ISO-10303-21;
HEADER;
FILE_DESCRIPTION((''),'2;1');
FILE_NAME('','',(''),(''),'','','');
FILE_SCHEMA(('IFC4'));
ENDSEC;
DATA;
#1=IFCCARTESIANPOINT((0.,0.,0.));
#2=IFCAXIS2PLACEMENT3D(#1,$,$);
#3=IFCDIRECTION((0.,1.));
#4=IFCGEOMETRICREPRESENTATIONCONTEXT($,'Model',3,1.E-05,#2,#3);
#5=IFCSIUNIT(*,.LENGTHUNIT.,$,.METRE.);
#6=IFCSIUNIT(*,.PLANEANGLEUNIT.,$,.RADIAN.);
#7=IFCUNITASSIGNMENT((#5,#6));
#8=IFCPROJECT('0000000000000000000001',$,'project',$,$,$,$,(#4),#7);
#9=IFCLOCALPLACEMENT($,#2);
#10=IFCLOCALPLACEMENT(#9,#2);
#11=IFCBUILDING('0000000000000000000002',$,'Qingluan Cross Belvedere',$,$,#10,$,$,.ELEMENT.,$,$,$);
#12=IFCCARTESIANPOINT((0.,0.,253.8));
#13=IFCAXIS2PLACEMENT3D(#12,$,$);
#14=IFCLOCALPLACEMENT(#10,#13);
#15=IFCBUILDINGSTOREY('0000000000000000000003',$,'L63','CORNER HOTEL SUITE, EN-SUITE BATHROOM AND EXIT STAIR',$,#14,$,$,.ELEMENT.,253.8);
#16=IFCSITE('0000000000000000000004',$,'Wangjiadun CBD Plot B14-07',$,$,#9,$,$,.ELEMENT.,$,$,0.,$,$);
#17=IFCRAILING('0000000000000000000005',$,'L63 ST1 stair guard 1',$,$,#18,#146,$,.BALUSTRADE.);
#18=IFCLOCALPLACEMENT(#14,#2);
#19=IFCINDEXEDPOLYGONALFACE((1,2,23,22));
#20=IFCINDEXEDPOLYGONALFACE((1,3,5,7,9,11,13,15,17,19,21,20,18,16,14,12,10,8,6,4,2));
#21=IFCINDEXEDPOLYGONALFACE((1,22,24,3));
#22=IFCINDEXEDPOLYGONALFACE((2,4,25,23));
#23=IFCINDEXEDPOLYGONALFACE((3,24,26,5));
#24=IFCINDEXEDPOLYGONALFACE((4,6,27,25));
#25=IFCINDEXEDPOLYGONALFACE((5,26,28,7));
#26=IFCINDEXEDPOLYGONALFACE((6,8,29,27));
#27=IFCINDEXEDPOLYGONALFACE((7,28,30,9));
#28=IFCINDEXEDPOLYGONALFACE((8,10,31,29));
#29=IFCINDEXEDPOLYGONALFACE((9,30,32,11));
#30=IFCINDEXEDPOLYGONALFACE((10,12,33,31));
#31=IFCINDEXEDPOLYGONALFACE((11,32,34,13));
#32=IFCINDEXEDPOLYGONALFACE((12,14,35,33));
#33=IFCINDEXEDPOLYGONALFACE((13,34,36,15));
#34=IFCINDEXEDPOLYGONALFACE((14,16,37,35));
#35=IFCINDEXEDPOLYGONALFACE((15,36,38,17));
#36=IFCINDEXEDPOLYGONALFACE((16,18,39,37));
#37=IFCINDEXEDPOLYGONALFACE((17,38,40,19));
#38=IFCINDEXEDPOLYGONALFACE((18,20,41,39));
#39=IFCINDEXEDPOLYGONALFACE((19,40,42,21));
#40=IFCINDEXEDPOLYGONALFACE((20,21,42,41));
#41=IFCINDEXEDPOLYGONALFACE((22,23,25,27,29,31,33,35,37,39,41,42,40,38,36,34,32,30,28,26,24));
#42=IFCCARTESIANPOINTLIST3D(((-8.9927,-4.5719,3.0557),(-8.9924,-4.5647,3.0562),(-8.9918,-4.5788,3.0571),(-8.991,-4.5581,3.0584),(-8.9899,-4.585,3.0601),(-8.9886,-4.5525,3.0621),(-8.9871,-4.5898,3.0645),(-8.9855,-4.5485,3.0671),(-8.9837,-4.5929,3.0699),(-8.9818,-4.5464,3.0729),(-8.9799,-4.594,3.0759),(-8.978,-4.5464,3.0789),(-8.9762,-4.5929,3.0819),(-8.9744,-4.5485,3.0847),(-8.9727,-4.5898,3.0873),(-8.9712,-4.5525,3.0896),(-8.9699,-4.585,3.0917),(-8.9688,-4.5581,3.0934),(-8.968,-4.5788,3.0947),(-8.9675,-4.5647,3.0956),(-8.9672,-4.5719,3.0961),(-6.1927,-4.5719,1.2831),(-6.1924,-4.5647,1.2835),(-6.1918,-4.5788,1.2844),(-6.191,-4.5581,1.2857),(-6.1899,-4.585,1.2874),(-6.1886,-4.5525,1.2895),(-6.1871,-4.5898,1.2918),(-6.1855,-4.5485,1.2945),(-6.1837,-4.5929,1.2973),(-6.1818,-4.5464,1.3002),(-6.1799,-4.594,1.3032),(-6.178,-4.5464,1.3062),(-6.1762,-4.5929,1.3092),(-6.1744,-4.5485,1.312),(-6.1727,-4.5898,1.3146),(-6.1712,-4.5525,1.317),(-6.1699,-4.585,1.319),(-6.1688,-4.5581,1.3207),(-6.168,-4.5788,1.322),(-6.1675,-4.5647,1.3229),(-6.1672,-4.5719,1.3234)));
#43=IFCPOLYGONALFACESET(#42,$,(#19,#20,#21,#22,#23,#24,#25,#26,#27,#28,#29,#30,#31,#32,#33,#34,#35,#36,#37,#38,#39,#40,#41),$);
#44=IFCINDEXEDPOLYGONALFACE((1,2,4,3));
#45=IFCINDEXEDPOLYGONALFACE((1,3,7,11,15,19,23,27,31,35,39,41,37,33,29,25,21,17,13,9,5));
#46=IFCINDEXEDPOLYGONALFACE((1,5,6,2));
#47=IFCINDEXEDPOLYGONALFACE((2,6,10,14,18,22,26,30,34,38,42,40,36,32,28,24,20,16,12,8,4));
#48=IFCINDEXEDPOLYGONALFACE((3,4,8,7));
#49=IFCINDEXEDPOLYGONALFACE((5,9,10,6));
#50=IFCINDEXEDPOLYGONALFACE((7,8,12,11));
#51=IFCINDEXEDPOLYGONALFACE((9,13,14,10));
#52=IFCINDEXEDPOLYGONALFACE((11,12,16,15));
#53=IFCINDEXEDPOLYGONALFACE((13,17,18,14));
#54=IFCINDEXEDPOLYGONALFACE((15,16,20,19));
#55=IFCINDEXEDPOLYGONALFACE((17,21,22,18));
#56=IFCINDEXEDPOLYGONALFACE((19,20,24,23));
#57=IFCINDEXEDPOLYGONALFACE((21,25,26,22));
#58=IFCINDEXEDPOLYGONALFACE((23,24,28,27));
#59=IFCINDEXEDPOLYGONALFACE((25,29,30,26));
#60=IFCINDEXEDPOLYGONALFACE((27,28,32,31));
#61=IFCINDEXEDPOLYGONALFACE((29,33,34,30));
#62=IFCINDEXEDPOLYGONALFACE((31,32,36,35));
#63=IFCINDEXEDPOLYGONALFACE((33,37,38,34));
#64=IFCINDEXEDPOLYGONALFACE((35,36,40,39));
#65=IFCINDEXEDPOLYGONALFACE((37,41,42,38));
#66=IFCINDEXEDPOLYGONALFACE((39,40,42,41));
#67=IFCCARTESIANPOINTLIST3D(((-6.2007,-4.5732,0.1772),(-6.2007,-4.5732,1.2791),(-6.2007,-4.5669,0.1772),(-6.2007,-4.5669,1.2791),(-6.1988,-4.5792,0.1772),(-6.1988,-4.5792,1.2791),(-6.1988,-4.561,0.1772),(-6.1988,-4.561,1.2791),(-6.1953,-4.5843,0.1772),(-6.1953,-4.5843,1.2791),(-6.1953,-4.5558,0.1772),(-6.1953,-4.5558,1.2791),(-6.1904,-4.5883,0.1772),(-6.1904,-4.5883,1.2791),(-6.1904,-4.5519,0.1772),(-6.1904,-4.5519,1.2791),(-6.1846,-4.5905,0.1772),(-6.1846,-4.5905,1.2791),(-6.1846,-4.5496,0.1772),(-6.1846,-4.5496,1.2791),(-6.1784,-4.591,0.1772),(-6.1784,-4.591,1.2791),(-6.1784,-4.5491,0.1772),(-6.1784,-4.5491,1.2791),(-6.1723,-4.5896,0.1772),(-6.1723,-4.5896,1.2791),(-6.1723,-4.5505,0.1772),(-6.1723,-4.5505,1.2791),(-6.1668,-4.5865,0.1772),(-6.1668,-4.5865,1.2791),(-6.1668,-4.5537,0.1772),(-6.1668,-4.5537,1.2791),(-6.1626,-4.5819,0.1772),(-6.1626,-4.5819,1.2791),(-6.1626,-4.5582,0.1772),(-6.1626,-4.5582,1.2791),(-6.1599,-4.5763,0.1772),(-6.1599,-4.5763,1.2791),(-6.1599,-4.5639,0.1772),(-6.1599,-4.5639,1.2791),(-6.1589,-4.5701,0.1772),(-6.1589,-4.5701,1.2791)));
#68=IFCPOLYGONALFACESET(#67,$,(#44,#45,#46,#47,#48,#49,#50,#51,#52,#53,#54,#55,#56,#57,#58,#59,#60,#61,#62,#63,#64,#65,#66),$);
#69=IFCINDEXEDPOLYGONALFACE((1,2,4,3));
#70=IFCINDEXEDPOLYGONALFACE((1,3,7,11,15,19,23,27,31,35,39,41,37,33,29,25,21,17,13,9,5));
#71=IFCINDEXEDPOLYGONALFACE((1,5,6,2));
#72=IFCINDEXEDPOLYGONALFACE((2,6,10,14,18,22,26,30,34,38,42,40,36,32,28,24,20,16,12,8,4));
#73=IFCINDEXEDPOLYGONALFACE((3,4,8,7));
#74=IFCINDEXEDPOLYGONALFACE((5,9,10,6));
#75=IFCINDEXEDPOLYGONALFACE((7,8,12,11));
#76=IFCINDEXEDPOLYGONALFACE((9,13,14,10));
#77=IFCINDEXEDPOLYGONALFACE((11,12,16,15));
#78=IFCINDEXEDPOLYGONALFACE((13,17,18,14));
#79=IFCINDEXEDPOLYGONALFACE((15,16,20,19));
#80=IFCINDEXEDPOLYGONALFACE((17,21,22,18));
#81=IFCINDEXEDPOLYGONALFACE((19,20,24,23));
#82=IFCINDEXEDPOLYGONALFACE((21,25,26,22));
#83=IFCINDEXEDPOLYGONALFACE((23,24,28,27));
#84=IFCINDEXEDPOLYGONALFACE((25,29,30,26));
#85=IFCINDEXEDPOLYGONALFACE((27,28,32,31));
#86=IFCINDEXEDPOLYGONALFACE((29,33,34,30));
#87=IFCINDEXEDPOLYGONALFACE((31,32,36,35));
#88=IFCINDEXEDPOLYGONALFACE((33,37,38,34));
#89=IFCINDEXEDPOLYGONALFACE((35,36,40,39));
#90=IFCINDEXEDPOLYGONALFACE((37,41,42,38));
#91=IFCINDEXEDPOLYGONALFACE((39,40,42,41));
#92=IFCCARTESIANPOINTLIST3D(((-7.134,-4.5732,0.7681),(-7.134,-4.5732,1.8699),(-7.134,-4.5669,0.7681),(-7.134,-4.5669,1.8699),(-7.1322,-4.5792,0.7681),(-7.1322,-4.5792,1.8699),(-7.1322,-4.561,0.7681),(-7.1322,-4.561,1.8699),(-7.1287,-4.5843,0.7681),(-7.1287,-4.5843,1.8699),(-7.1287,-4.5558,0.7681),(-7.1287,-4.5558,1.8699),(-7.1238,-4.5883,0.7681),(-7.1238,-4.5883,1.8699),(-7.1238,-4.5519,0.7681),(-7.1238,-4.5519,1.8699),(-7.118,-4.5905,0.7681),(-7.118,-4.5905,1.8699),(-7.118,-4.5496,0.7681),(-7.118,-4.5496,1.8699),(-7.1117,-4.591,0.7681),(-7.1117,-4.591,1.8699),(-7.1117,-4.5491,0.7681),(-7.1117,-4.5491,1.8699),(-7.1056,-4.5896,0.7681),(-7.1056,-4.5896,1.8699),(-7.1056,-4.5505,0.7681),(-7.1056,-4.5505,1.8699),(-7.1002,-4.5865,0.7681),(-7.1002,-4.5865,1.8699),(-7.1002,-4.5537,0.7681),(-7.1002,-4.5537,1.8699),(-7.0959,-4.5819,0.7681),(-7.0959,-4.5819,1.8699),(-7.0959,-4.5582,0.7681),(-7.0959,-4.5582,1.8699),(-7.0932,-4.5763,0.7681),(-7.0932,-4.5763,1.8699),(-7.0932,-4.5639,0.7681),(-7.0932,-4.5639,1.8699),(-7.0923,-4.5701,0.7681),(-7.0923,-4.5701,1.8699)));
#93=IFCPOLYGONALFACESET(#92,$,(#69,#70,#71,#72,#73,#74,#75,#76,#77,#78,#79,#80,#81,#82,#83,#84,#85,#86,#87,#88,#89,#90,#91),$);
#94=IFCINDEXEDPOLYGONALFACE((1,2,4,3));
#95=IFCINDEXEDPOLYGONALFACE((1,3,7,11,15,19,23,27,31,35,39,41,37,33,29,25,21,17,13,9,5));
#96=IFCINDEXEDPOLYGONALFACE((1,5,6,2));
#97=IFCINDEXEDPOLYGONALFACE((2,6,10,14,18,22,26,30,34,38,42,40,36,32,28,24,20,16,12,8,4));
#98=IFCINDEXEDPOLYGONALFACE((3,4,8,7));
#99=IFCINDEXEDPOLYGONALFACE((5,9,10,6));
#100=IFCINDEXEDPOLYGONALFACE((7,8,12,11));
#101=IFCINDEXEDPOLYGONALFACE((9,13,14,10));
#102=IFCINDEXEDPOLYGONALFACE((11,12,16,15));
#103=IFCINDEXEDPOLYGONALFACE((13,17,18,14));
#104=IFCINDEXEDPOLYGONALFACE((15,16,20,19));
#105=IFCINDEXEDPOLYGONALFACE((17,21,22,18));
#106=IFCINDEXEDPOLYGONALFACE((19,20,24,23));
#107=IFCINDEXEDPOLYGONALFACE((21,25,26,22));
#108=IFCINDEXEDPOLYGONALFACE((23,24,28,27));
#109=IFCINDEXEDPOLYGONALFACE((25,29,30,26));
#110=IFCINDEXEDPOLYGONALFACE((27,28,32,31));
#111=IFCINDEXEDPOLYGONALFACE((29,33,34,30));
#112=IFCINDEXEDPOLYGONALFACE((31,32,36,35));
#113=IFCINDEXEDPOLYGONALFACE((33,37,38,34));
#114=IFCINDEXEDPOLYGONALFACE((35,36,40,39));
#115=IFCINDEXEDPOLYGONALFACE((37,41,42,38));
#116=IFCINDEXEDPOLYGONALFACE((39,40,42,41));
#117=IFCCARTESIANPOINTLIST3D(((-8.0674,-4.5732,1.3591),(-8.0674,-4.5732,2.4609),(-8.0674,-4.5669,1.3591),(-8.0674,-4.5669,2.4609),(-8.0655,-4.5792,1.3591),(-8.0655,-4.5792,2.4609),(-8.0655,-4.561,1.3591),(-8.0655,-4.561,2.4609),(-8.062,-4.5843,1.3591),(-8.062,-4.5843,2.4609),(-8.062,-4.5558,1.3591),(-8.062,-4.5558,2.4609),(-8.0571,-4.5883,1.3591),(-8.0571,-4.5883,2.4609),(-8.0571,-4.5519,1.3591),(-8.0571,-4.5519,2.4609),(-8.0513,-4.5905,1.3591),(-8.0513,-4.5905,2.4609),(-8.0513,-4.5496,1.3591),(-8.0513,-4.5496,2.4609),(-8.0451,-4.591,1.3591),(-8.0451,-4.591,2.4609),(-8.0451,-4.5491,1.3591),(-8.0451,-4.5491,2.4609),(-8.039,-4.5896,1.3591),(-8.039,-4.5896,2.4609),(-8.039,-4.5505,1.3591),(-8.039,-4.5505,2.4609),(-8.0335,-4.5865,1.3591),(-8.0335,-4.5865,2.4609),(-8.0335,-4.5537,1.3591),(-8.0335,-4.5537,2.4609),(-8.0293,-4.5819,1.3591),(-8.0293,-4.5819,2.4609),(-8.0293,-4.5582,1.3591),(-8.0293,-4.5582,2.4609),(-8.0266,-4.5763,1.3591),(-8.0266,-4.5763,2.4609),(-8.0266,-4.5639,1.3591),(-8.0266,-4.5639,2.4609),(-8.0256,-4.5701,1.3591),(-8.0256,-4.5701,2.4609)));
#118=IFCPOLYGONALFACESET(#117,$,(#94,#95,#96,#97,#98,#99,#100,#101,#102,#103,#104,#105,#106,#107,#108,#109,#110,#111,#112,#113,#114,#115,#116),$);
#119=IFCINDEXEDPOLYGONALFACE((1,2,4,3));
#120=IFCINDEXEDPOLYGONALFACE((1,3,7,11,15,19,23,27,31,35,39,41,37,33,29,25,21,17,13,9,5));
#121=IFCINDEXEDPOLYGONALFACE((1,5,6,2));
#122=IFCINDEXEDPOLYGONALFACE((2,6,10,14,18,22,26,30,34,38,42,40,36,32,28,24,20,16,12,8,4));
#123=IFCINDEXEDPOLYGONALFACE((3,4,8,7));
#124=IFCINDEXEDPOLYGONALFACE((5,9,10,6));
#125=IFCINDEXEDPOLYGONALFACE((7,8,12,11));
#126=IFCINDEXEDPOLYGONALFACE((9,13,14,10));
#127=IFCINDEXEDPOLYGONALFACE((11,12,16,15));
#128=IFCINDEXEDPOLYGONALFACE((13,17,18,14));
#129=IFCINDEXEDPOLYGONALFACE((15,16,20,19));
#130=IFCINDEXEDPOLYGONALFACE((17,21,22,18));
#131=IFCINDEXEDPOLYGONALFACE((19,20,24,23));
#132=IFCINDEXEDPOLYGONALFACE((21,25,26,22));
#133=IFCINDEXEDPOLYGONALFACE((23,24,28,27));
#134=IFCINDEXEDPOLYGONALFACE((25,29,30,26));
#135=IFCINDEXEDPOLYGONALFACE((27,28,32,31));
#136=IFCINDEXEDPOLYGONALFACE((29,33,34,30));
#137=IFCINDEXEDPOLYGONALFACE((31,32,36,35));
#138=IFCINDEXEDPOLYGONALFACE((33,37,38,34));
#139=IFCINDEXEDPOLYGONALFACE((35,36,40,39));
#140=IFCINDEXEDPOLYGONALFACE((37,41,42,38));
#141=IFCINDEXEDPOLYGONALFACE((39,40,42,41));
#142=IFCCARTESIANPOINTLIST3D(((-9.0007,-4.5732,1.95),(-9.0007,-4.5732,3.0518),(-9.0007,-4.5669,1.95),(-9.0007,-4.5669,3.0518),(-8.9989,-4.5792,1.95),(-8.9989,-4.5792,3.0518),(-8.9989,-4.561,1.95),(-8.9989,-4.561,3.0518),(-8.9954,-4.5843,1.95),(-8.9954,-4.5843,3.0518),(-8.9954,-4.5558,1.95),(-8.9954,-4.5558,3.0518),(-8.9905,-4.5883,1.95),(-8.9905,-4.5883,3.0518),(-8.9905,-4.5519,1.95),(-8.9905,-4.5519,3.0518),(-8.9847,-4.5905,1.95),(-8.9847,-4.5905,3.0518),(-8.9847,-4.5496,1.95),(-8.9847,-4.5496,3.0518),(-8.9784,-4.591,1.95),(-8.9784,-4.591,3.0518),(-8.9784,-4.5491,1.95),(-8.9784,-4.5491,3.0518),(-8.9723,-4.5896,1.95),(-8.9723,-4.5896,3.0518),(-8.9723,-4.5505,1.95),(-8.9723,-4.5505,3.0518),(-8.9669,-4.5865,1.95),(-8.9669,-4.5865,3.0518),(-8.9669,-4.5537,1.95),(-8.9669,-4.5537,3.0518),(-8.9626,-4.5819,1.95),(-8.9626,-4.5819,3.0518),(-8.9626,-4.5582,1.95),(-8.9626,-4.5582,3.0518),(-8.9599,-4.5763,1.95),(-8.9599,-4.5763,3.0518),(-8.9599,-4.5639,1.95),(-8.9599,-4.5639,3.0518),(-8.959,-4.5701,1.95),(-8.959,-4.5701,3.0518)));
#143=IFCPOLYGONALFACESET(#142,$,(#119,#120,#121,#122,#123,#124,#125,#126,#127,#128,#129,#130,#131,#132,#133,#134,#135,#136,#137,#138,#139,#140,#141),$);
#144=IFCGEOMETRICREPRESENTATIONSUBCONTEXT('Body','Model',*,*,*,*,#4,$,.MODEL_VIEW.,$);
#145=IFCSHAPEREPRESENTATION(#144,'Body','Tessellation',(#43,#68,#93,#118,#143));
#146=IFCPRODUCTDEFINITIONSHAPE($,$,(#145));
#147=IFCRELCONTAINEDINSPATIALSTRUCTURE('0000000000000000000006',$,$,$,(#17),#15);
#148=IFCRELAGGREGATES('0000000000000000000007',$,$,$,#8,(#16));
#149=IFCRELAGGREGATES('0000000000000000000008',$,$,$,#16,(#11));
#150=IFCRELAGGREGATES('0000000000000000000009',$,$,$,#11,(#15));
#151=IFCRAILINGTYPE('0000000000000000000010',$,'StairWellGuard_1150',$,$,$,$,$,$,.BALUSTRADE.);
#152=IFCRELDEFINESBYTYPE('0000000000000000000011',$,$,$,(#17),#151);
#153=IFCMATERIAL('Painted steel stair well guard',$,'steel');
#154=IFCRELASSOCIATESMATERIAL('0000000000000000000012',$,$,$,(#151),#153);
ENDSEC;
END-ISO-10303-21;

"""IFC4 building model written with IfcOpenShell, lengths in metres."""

from ifc_helpers import new_model, si_unit, direction, frame, origin, origin_2d, place, context, subcontext, project, spatial, circle, extrude, material, type_object, element, save


model = new_model("IFC4")

# Units and contexts
model_context = context("Model", 3, precision=1e-05, world=origin(), true_north=direction((0.0, 1.0)))
body_context = subcontext(model_context, "Body", "Model", "MODEL_VIEW")
ifc_project = project(units=[si_unit("LENGTHUNIT", "METRE"), si_unit("PLANEANGLEUNIT", "RADIAN")], contexts=[model_context])

# Site, building, storey
site_placement = place(None, origin())
site = spatial("IfcSite", under=ifc_project, at=site_placement, Name="Wangjiadun CBD Plot B14-07", CompositionType="ELEMENT", RefElevation=0.0)
building_placement = place(site_placement, origin())
building = spatial("IfcBuilding", under=site, at=building_placement, Name="Qingluan Cross Belvedere", CompositionType="ELEMENT")
storey_placement = place(building_placement, frame((0.0, 0.0, 253.8)))
storey = spatial("IfcBuildingStorey", under=building, at=storey_placement, Name="L63", Description="CORNER HOTEL SUITE, EN-SUITE BATHROOM AND EXIT STAIR", CompositionType="ELEMENT", Elevation=253.8)

# Railing
ifc_material_1 = material(Name="Painted steel stair well guard", Category="steel")
railing_type_1 = type_object("IfcRailingType", Name="StairWellGuard_1150", PredefinedType="BALUSTRADE", material=ifc_material_1)
railing_1_placement = place(storey_placement, frame((-6.1799, -4.5701, 0.1772)))
element("IfcRailing", 1, at=railing_1_placement, inside=storey, type_object=railing_type_1, Name="L63 ST1 stair guard 1", PredefinedType="BALUSTRADE", context=body_context, shape_type="SweptSolid", body=[
    extrude(circle(Radius=0.0239, at=origin_2d()), frame((0.0, 0.0, 1.126), z_axis=(-0.844909, 0.0, 0.53491), x_axis=(0.0, -1.0, 0.0)), (0.0, 0.0, 1.0), 3.314),
    extrude(circle(Radius=0.021, at=origin_2d()), origin(), (0.0, 0.0, 1.0), 1.1018),
    extrude(circle(Radius=0.021, at=origin_2d()), frame((-0.9333, 0.0, 0.5908)), (0.0, 0.0, 1.0), 1.1018),
    extrude(circle(Radius=0.021, at=origin_2d()), frame((-1.8667, 0.0, 1.1819)), (0.0, 0.0, 1.0), 1.1018),
    extrude(circle(Radius=0.021, at=origin_2d()), frame((-2.8, 0.0, 1.7727)), (0.0, 0.0, 1.0), 1.1018),
])

save(model, "model.ifc")
